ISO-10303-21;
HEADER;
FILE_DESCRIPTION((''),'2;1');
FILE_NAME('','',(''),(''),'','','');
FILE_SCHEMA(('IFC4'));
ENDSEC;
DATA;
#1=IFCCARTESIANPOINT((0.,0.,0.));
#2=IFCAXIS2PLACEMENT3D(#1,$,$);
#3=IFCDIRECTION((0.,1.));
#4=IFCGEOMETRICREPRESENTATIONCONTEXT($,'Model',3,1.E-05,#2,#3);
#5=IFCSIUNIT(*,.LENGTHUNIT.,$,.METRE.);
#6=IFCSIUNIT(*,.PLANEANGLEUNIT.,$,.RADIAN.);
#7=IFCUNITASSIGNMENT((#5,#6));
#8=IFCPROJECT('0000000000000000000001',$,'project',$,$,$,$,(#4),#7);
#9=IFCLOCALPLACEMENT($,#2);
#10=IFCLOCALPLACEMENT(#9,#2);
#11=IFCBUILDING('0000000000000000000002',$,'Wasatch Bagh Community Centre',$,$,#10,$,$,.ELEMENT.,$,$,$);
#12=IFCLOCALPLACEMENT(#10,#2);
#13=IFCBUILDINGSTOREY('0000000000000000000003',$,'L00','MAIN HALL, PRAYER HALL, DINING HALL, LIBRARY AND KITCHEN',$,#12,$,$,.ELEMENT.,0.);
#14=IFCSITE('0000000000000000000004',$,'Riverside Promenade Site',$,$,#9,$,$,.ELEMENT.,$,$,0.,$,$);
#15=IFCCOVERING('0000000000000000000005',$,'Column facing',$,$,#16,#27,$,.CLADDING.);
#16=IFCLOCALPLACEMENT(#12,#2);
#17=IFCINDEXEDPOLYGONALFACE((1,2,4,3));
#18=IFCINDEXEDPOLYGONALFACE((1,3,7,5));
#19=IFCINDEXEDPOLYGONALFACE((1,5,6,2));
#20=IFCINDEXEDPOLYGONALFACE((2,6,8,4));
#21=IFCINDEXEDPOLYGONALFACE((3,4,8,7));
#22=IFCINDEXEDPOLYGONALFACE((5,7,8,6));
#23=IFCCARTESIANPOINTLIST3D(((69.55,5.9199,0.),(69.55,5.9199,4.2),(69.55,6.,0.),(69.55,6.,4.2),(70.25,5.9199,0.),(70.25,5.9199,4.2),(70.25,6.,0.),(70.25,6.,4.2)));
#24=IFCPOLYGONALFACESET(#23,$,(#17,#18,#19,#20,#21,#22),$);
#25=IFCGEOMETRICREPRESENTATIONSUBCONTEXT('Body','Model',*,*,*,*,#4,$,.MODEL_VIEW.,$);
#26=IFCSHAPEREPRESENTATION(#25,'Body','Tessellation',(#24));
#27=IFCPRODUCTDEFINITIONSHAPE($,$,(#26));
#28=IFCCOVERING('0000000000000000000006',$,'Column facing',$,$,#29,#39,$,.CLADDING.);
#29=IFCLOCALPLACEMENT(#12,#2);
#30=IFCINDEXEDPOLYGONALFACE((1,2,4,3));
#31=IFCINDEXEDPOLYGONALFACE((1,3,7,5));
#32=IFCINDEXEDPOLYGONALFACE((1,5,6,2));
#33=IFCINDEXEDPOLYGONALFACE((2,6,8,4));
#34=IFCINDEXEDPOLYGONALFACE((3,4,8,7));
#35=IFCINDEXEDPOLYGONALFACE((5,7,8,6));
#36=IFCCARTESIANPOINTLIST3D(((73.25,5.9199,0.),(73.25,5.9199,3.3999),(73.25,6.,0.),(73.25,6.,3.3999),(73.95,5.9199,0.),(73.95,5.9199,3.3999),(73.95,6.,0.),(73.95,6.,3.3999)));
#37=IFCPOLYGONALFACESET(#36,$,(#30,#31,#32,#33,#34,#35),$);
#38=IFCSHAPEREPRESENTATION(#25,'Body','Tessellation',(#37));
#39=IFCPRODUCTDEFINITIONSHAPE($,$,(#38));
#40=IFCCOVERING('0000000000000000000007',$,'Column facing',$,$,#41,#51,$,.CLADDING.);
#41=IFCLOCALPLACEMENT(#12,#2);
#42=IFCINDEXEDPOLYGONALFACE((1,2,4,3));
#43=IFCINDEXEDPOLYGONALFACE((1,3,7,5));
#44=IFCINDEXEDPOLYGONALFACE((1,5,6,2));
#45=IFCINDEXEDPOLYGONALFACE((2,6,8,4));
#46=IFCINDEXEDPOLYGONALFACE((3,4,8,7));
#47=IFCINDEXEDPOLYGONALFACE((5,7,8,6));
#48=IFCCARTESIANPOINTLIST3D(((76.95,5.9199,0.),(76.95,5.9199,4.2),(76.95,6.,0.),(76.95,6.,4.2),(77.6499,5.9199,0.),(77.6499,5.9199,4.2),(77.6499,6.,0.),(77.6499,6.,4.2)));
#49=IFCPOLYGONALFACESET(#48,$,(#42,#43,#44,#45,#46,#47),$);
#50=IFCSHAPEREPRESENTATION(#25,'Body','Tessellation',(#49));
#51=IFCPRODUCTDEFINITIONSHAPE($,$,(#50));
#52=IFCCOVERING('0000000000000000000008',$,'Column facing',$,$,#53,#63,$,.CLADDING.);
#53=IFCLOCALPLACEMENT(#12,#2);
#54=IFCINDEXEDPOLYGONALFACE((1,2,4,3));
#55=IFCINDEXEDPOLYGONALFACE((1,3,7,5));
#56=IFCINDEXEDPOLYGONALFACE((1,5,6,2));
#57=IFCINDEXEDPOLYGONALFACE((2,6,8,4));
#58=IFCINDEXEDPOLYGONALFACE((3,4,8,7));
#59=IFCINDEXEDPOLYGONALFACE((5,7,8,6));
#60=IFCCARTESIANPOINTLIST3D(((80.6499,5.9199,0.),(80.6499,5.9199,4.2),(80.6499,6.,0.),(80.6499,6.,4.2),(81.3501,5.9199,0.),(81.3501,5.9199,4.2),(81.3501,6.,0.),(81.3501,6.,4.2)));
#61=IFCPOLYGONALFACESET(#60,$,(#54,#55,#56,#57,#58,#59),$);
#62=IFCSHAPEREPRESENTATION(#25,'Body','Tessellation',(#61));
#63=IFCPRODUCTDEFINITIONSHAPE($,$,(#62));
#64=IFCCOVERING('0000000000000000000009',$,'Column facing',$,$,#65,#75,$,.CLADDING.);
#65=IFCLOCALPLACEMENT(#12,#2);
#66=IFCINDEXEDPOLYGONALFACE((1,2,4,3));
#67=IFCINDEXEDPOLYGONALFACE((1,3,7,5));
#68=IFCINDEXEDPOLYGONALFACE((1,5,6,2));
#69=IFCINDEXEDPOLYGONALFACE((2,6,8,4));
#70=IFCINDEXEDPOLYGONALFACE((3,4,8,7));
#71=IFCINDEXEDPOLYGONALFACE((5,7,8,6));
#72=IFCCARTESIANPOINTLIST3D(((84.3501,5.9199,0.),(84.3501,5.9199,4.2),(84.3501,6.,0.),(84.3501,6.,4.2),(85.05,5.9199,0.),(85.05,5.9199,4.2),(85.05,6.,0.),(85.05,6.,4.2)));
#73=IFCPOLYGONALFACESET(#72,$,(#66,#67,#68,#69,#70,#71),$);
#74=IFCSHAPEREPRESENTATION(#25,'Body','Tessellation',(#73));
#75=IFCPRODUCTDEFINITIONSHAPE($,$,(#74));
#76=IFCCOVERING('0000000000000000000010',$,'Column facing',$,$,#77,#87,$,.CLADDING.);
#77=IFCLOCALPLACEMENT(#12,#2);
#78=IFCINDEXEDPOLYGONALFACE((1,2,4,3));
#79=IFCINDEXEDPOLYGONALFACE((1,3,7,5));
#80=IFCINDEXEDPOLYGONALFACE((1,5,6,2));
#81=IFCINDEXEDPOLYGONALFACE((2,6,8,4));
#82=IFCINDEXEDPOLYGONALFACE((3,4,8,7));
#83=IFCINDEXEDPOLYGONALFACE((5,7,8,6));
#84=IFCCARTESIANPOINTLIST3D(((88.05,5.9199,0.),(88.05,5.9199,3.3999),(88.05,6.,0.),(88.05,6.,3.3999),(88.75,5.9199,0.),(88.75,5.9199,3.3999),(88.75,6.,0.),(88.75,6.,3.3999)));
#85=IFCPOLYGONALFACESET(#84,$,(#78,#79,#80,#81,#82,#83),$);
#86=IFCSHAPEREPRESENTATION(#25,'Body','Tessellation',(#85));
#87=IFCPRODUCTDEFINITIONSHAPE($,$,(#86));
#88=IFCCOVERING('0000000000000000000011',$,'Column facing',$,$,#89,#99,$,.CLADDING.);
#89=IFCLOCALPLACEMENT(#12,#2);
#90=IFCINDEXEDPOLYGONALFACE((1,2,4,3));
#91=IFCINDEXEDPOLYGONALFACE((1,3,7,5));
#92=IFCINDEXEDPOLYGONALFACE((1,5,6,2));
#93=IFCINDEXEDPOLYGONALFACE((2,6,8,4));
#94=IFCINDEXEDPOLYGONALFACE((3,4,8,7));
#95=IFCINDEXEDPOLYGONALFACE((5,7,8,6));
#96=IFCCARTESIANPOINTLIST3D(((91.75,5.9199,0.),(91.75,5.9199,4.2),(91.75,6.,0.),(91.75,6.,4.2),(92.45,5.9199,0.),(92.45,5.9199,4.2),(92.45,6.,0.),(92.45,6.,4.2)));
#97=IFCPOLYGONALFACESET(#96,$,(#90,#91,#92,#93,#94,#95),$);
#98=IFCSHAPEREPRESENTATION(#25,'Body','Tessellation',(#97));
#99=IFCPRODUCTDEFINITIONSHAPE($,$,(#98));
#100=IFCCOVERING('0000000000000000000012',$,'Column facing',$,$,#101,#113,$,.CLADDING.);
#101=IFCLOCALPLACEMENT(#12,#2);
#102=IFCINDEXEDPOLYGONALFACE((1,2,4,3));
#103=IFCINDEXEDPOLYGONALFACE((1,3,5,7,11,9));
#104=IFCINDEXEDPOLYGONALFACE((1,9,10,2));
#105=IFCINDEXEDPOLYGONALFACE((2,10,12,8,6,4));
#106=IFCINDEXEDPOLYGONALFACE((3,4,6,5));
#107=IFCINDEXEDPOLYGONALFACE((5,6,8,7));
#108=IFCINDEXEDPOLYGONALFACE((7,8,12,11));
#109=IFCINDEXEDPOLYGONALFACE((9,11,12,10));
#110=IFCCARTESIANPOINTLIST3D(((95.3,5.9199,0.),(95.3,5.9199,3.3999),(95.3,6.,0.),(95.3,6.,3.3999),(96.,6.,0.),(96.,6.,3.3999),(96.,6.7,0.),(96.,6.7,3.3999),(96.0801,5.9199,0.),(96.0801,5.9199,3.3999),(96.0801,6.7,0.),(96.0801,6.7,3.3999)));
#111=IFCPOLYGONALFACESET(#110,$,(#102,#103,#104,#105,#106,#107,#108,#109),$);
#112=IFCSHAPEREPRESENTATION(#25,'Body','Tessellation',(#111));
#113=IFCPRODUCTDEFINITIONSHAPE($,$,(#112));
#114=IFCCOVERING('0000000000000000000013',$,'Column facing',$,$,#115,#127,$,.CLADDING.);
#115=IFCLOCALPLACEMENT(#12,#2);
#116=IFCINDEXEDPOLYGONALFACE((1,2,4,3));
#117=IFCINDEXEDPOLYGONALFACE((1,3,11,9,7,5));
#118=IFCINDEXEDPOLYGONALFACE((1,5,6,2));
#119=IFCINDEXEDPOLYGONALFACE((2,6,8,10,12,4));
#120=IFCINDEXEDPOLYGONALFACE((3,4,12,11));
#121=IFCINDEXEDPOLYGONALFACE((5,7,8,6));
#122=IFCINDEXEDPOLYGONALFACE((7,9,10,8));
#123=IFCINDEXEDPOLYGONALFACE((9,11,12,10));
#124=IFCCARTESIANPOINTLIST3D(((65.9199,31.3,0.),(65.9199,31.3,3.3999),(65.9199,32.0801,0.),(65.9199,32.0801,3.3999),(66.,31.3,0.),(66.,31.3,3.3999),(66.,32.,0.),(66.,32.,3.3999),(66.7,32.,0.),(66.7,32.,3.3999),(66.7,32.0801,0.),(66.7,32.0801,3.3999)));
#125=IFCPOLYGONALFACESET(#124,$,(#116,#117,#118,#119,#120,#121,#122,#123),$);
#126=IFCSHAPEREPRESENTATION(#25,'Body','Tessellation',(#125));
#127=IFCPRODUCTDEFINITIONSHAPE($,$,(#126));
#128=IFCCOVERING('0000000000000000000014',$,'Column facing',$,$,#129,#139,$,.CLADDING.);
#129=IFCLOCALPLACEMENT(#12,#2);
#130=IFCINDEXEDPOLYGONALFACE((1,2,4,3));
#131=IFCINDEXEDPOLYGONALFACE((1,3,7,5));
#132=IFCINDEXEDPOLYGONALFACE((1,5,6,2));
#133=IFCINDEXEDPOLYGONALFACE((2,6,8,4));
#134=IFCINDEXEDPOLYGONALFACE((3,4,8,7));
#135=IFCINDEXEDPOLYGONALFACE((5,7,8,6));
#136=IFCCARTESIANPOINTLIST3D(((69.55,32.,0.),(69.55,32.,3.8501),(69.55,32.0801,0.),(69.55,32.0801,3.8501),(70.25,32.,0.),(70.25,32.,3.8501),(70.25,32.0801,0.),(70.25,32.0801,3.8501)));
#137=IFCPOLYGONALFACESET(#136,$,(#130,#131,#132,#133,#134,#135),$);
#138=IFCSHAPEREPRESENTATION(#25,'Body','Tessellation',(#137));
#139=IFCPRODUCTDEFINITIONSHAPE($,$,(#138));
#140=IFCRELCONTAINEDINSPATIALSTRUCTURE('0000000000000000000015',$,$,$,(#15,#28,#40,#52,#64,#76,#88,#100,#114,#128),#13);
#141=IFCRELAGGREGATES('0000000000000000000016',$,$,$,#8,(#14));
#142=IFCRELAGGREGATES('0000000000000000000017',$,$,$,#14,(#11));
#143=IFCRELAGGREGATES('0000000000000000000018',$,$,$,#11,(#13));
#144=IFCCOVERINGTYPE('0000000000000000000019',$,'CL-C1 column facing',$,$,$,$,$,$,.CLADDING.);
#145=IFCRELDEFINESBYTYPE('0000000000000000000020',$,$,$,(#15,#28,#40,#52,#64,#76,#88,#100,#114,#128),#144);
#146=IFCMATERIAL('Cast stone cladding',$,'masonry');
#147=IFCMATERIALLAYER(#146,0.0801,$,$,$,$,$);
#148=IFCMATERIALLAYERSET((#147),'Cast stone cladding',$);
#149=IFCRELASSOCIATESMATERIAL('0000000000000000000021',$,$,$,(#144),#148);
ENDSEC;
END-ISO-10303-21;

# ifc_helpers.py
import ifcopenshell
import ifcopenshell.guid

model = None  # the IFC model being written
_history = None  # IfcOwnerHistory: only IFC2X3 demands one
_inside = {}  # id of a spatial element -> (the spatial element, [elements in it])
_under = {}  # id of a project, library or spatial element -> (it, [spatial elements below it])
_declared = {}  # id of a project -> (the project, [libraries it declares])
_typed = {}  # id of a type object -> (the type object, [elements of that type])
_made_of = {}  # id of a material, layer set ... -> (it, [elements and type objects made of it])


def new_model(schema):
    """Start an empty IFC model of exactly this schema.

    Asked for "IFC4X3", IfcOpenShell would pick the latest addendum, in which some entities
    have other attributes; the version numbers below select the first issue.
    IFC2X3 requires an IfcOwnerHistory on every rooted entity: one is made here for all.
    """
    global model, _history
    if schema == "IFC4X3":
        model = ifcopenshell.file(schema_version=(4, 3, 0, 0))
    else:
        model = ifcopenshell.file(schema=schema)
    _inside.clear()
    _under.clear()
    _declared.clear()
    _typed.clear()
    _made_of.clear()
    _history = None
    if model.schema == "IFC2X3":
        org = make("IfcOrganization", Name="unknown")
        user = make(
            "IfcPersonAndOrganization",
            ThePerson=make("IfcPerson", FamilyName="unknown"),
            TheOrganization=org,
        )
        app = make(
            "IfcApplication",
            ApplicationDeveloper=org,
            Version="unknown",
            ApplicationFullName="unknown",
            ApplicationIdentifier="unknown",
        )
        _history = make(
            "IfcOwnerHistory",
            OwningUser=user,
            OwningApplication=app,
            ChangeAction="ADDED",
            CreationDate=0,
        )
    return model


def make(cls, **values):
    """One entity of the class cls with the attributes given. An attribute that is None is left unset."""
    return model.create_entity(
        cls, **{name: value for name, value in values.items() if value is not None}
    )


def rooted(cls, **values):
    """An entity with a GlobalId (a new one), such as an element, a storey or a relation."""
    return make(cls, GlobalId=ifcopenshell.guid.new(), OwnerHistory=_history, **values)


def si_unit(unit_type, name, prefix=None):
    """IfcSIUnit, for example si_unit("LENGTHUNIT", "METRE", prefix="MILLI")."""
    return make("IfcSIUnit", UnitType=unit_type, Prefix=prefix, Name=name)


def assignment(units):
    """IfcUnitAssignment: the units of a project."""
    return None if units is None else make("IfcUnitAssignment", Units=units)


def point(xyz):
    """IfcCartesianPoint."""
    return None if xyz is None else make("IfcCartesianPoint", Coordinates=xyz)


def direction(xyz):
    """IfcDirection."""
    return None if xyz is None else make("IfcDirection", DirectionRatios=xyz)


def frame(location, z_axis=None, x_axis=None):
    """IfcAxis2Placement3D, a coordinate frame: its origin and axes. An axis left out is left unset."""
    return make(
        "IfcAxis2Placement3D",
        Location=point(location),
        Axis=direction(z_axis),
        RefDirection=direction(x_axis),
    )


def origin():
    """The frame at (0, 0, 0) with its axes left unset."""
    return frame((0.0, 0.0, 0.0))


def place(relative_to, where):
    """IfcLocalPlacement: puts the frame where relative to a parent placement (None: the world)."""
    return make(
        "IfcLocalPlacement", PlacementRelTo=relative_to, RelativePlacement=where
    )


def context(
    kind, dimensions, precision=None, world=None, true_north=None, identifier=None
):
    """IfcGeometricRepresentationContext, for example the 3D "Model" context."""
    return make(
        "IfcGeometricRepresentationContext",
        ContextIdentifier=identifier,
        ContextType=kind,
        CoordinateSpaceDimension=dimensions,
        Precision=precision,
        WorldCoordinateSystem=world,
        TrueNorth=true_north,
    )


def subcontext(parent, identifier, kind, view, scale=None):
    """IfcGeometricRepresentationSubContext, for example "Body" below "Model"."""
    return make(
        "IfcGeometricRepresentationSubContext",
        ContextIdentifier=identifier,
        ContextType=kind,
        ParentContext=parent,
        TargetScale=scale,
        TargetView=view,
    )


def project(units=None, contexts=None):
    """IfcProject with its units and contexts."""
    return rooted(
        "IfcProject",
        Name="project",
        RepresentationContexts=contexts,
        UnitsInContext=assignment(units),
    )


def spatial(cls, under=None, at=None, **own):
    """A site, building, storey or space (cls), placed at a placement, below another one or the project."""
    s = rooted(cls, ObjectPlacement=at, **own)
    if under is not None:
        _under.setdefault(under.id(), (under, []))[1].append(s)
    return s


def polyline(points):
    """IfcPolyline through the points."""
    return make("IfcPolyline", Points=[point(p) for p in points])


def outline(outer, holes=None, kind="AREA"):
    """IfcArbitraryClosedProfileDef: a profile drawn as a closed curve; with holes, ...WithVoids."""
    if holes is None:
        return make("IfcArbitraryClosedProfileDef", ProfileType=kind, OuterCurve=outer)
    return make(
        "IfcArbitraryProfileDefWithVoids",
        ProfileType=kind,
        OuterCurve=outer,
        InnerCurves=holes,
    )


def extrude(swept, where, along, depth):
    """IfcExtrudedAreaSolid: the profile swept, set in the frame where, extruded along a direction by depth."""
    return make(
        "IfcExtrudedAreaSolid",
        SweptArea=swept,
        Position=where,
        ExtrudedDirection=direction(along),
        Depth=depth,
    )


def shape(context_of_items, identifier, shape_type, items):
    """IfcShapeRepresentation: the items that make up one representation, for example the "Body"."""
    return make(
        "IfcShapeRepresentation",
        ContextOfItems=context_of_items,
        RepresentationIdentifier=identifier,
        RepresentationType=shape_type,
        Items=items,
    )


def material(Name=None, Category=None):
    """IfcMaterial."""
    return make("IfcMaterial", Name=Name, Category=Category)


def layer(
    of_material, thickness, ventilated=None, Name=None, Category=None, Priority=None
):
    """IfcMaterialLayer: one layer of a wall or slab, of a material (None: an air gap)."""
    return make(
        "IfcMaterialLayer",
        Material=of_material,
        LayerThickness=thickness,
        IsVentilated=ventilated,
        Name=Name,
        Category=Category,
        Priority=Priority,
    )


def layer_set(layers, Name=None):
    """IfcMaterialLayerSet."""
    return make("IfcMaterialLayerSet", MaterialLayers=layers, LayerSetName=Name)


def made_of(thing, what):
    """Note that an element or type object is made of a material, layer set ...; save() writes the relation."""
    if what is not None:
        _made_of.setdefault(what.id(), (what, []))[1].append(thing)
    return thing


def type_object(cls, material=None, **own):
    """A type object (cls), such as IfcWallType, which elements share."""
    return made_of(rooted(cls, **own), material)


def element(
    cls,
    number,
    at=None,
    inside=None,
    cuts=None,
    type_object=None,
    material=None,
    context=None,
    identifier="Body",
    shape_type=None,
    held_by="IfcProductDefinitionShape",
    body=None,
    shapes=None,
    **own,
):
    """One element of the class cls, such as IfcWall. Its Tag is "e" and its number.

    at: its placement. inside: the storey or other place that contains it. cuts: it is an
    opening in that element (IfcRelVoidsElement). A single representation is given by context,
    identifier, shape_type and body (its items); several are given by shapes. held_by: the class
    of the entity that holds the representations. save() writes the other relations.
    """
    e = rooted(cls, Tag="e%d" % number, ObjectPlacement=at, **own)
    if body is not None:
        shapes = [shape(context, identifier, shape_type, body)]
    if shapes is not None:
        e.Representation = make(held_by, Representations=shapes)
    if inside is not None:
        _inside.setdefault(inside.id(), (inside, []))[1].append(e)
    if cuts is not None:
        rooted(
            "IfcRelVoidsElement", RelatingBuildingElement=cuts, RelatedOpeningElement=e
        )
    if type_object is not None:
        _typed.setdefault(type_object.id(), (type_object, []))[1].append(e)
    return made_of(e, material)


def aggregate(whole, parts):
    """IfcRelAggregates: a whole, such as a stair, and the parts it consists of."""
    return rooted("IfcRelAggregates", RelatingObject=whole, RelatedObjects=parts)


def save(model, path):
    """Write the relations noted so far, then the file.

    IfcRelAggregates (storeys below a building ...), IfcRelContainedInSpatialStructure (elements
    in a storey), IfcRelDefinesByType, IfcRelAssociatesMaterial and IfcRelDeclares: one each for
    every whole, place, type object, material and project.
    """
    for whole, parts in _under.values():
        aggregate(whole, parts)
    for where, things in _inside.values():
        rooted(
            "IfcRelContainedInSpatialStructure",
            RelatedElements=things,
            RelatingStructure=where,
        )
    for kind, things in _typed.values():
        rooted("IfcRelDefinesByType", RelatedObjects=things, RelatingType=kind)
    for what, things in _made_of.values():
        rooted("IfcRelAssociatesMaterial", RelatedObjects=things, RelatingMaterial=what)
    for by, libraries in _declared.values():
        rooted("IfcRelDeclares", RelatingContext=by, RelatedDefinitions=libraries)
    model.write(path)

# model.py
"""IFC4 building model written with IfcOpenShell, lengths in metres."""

from ifc_helpers import new_model, si_unit, direction, origin, place, context, subcontext, project, spatial, polyline, outline, extrude, material, layer, layer_set, type_object, element, save


model = new_model("IFC4")

# Units and contexts
model_context = context("Model", 3, precision=1e-05, world=origin(), true_north=direction((0.0, 1.0)))
body_context = subcontext(model_context, "Body", "Model", "MODEL_VIEW")
ifc_project = project(units=[si_unit("LENGTHUNIT", "METRE"), si_unit("PLANEANGLEUNIT", "RADIAN")], contexts=[model_context])

# Site, building, storey
site_placement = place(None, origin())
site = spatial("IfcSite", under=ifc_project, at=site_placement, Name="Riverside Promenade Site", CompositionType="ELEMENT", RefElevation=0.0)
building_placement = place(site_placement, origin())
building = spatial("IfcBuilding", under=site, at=building_placement, Name="Wasatch Bagh Community Centre", CompositionType="ELEMENT")
storey_placement = place(building_placement, origin())
storey = spatial("IfcBuildingStorey", under=building, at=storey_placement, Name="L00", Description="MAIN HALL, PRAYER HALL, DINING HALL, LIBRARY AND KITCHEN", CompositionType="ELEMENT", Elevation=0.0)

# Coverings
ifc_material = material(Name="Cast stone cladding", Category="masonry")
ifc_layer = layer(ifc_material, 0.0801)
ifc_layer_set = layer_set([ifc_layer], Name="Cast stone cladding")
covering_type = type_object("IfcCoveringType", Name="CL-C1 column facing", PredefinedType="CLADDING", material=ifc_layer_set)
covering_1_placement = place(storey_placement, origin())
element("IfcCovering", 1, at=covering_1_placement, inside=storey, type_object=covering_type, Name="Column facing", PredefinedType="CLADDING", context=body_context, shape_type="SweptSolid", body=[
    extrude(outline(polyline([(69.55, 6.0), (70.25, 6.0), (70.25, 5.9199), (69.55, 5.9199), (69.55, 6.0)])), origin(), (0.0, 0.0, 1.0), 4.2),
])
covering_2_placement = place(storey_placement, origin())
element("IfcCovering", 2, at=covering_2_placement, inside=storey, type_object=covering_type, Name="Column facing", PredefinedType="CLADDING", context=body_context, shape_type="SweptSolid", body=[
    extrude(outline(polyline([(73.25, 6.0), (73.95, 6.0), (73.95, 5.9199), (73.25, 5.9199), (73.25, 6.0)])), origin(), (0.0, 0.0, 1.0), 3.3999),
])
covering_3_placement = place(storey_placement, origin())
element("IfcCovering", 3, at=covering_3_placement, inside=storey, type_object=covering_type, Name="Column facing", PredefinedType="CLADDING", context=body_context, shape_type="SweptSolid", body=[
    extrude(outline(polyline([(76.95, 6.0), (77.6499, 6.0), (77.6499, 5.9199), (76.95, 5.9199), (76.95, 6.0)])), origin(), (0.0, 0.0, 1.0), 4.2),
])
covering_4_placement = place(storey_placement, origin())
element("IfcCovering", 4, at=covering_4_placement, inside=storey, type_object=covering_type, Name="Column facing", PredefinedType="CLADDING", context=body_context, shape_type="SweptSolid", body=[
    extrude(outline(polyline([(80.6499, 6.0), (81.3501, 6.0), (81.3501, 5.9199), (80.6499, 5.9199), (80.6499, 6.0)])), origin(), (0.0, 0.0, 1.0), 4.2),
])
covering_5_placement = place(storey_placement, origin())
element("IfcCovering", 5, at=covering_5_placement, inside=storey, type_object=covering_type, Name="Column facing", PredefinedType="CLADDING", context=body_context, shape_type="SweptSolid", body=[
    extrude(outline(polyline([(84.3501, 6.0), (85.05, 6.0), (85.05, 5.9199), (84.3501, 5.9199), (84.3501, 6.0)])), origin(), (0.0, 0.0, 1.0), 4.2),
])
covering_6_placement = place(storey_placement, origin())
element("IfcCovering", 6, at=covering_6_placement, inside=storey, type_object=covering_type, Name="Column facing", PredefinedType="CLADDING", context=body_context, shape_type="SweptSolid", body=[
    extrude(outline(polyline([(88.05, 6.0), (88.75, 6.0), (88.75, 5.9199), (88.05, 5.9199), (88.05, 6.0)])), origin(), (0.0, 0.0, 1.0), 3.3999),
])
covering_7_placement = place(storey_placement, origin())
element("IfcCovering", 7, at=covering_7_placement, inside=storey, type_object=covering_type, Name="Column facing", PredefinedType="CLADDING", context=body_context, shape_type="SweptSolid", body=[
    extrude(outline(polyline([(91.75, 6.0), (92.45, 6.0), (92.45, 5.9199), (91.75, 5.9199), (91.75, 6.0)])), origin(), (0.0, 0.0, 1.0), 4.2),
])
covering_8_placement = place(storey_placement, origin())
element("IfcCovering", 8, at=covering_8_placement, inside=storey, type_object=covering_type, Name="Column facing", PredefinedType="CLADDING", context=body_context, shape_type="SweptSolid", body=[
    extrude(outline(polyline([(96.0, 6.0), (96.0, 6.7), (96.0801, 6.7), (96.0801, 5.9199), (95.3, 5.9199), (95.3, 6.0), (96.0, 6.0)])), origin(), (0.0, 0.0, 1.0), 3.3999),
])
covering_9_placement = place(storey_placement, origin())
element("IfcCovering", 9, at=covering_9_placement, inside=storey, type_object=covering_type, Name="Column facing", PredefinedType="CLADDING", context=body_context, shape_type="SweptSolid", body=[
    extrude(outline(polyline([(66.0, 31.3), (65.9199, 31.3), (65.9199, 32.0801), (66.7, 32.0801), (66.7, 32.0), (66.0, 32.0), (66.0, 31.3)])), origin(), (0.0, 0.0, 1.0), 3.3999),
])
covering_10_placement = place(storey_placement, origin())
element("IfcCovering", 10, at=covering_10_placement, inside=storey, type_object=covering_type, Name="Column facing", PredefinedType="CLADDING", context=body_context, shape_type="SweptSolid", body=[
    extrude(outline(polyline([(70.25, 32.0), (69.55, 32.0), (69.55, 32.0801), (70.25, 32.0801), (70.25, 32.0)])), origin(), (0.0, 0.0, 1.0), 3.8501),
])

save(model, "model.ifc")
